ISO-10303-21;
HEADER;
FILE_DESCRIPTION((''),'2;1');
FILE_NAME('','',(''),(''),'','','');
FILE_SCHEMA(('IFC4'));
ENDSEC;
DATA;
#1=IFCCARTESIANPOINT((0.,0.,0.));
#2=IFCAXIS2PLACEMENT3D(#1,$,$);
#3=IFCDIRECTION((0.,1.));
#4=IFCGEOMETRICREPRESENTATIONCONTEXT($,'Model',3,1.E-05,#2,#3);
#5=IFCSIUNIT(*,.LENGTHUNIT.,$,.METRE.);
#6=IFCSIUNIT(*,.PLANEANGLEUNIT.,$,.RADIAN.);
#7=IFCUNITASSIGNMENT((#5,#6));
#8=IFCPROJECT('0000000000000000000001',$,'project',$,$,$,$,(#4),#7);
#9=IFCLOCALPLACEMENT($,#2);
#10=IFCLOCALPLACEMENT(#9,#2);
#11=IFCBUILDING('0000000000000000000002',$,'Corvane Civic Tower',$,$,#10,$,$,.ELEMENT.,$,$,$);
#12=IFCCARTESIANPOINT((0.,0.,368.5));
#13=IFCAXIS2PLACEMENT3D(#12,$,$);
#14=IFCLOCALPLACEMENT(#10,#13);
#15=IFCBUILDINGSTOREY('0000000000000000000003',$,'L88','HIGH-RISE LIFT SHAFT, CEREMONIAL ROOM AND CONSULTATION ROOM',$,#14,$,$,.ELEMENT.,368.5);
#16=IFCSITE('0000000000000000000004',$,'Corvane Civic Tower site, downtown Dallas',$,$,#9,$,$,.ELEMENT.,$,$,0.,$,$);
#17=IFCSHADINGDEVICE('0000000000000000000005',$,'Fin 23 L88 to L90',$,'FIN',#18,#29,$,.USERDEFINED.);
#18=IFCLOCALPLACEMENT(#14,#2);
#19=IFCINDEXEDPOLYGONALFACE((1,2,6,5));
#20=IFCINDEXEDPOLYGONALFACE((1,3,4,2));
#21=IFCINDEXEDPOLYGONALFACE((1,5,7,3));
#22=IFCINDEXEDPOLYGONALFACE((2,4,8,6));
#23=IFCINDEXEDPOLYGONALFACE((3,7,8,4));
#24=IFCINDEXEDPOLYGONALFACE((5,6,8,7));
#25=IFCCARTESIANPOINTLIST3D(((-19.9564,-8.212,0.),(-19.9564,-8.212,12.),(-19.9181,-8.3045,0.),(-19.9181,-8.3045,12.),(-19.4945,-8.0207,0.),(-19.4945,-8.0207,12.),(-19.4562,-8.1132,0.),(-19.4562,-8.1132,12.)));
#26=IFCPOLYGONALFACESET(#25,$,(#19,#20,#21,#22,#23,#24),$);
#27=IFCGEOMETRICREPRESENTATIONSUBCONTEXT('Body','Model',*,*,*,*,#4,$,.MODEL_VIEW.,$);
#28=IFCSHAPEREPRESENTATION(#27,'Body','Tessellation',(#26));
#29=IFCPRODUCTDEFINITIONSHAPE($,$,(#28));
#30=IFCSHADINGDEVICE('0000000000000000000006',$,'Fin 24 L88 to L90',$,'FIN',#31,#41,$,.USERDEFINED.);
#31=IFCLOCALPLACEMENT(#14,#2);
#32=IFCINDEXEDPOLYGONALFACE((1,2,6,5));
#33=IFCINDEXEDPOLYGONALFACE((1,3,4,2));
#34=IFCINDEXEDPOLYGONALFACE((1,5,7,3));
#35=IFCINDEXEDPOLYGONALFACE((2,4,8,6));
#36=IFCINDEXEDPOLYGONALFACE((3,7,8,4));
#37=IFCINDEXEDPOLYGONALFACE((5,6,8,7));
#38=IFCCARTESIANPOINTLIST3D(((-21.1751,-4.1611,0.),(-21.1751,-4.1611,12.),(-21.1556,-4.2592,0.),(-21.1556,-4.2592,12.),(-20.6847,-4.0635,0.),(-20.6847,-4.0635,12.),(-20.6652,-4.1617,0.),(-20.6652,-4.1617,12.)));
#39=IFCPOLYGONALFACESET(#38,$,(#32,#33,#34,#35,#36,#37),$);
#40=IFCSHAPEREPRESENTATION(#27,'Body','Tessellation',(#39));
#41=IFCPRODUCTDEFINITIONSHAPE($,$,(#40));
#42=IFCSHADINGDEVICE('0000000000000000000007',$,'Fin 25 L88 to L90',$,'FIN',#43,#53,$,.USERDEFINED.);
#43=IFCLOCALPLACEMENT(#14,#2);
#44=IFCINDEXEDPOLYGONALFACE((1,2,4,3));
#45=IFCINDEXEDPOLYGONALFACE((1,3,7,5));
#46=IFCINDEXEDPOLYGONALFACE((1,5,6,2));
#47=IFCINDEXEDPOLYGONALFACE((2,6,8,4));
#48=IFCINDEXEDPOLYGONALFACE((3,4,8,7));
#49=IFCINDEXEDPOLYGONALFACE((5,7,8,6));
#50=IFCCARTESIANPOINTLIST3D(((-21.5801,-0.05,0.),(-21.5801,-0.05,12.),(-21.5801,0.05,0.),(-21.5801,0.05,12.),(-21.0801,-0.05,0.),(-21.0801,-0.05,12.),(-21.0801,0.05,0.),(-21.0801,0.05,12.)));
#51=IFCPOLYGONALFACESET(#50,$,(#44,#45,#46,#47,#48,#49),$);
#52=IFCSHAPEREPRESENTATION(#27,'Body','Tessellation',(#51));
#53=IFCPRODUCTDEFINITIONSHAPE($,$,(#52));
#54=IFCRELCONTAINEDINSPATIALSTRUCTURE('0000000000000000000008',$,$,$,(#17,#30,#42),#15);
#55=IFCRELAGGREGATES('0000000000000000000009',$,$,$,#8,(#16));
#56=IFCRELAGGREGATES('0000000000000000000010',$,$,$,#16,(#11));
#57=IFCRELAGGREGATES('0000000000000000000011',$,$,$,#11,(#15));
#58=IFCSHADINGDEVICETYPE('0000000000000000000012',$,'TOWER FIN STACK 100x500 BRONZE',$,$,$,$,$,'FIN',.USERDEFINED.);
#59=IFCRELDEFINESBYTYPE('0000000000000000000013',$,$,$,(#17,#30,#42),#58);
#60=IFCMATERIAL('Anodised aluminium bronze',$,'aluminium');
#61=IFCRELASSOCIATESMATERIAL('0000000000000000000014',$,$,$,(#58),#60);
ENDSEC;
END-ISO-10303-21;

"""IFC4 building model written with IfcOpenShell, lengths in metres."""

from ifc_helpers import new_model, si_unit, direction, frame, origin, origin_2d, place, context, subcontext, project, spatial, rectangle, extrude, material, material_profile, profile_set, type_object, element, save


model = new_model("IFC4")

# Units and contexts
model_context = context("Model", 3, precision=1e-05, world=origin(), true_north=direction((0.0, 1.0)))
body_context = subcontext(model_context, "Body", "Model", "MODEL_VIEW")
ifc_project = project(units=[si_unit("LENGTHUNIT", "METRE"), si_unit("PLANEANGLEUNIT", "RADIAN")], contexts=[model_context])

# Site, building, storey
site_placement = place(None, origin())
site = spatial("IfcSite", under=ifc_project, at=site_placement, Name="Corvane Civic Tower site, downtown Dallas", CompositionType="ELEMENT", RefElevation=0.0)
building_placement = place(site_placement, origin())
building = spatial("IfcBuilding", under=site, at=building_placement, Name="Corvane Civic Tower", CompositionType="ELEMENT")
storey_placement = place(building_placement, frame((0.0, 0.0, 368.5)))
storey = spatial("IfcBuildingStorey", under=building, at=storey_placement, Name="L88", Description="HIGH-RISE LIFT SHAFT, CEREMONIAL ROOM AND CONSULTATION ROOM", CompositionType="ELEMENT", Elevation=368.5)

# Shading devices
ifc_material_1 = material(Name="Anodised aluminium bronze", Category="aluminium")
ifc_material_profile_1 = material_profile(ifc_material_1, rectangle(XDim=0.1001, YDim=0.5, at=origin_2d()), Name="TOWER FIN STACK 100x500 BRONZE")
ifc_profile_set_1 = profile_set([ifc_material_profile_1], Name="Anodised aluminium bronze")
shading_device_type = type_object("IfcShadingDeviceType", Name="TOWER FIN STACK 100x500 BRONZE", ElementType="FIN", PredefinedType="USERDEFINED", material=ifc_profile_set_1)
for number, where, z_axis, x_axis, name in (
    (1, (-19.7063, -8.1626, 0.0), (0.0, 0.0, 1.0), (-0.382683, 0.92388, 0.0), "Fin 23 L88 to L90"),
    (2, (-20.9202, -4.1614, 0.0), (0.0, 0.0, 1.0), (-0.19509, 0.980785, 0.0), "Fin 24 L88 to L90"),
    (3, (-21.3301, 0.0, 0.0), (0.0, 0.0, 1.0), (0.0, 1.0, 0.0), "Fin 25 L88 to L90"),
):
    element("IfcShadingDevice", number, at=place(storey_placement, frame(where, z_axis=z_axis, x_axis=x_axis)), inside=storey, type_object=shading_device_type, Name=name, ObjectType="FIN", PredefinedType="USERDEFINED", context=body_context, shape_type="SweptSolid", body=[
        extrude(rectangle(XDim=0.1001, YDim=0.5, at=origin_2d()), origin(), (0.0, 0.0, 1.0), 12.0),
    ])

save(model, "model.ifc")
